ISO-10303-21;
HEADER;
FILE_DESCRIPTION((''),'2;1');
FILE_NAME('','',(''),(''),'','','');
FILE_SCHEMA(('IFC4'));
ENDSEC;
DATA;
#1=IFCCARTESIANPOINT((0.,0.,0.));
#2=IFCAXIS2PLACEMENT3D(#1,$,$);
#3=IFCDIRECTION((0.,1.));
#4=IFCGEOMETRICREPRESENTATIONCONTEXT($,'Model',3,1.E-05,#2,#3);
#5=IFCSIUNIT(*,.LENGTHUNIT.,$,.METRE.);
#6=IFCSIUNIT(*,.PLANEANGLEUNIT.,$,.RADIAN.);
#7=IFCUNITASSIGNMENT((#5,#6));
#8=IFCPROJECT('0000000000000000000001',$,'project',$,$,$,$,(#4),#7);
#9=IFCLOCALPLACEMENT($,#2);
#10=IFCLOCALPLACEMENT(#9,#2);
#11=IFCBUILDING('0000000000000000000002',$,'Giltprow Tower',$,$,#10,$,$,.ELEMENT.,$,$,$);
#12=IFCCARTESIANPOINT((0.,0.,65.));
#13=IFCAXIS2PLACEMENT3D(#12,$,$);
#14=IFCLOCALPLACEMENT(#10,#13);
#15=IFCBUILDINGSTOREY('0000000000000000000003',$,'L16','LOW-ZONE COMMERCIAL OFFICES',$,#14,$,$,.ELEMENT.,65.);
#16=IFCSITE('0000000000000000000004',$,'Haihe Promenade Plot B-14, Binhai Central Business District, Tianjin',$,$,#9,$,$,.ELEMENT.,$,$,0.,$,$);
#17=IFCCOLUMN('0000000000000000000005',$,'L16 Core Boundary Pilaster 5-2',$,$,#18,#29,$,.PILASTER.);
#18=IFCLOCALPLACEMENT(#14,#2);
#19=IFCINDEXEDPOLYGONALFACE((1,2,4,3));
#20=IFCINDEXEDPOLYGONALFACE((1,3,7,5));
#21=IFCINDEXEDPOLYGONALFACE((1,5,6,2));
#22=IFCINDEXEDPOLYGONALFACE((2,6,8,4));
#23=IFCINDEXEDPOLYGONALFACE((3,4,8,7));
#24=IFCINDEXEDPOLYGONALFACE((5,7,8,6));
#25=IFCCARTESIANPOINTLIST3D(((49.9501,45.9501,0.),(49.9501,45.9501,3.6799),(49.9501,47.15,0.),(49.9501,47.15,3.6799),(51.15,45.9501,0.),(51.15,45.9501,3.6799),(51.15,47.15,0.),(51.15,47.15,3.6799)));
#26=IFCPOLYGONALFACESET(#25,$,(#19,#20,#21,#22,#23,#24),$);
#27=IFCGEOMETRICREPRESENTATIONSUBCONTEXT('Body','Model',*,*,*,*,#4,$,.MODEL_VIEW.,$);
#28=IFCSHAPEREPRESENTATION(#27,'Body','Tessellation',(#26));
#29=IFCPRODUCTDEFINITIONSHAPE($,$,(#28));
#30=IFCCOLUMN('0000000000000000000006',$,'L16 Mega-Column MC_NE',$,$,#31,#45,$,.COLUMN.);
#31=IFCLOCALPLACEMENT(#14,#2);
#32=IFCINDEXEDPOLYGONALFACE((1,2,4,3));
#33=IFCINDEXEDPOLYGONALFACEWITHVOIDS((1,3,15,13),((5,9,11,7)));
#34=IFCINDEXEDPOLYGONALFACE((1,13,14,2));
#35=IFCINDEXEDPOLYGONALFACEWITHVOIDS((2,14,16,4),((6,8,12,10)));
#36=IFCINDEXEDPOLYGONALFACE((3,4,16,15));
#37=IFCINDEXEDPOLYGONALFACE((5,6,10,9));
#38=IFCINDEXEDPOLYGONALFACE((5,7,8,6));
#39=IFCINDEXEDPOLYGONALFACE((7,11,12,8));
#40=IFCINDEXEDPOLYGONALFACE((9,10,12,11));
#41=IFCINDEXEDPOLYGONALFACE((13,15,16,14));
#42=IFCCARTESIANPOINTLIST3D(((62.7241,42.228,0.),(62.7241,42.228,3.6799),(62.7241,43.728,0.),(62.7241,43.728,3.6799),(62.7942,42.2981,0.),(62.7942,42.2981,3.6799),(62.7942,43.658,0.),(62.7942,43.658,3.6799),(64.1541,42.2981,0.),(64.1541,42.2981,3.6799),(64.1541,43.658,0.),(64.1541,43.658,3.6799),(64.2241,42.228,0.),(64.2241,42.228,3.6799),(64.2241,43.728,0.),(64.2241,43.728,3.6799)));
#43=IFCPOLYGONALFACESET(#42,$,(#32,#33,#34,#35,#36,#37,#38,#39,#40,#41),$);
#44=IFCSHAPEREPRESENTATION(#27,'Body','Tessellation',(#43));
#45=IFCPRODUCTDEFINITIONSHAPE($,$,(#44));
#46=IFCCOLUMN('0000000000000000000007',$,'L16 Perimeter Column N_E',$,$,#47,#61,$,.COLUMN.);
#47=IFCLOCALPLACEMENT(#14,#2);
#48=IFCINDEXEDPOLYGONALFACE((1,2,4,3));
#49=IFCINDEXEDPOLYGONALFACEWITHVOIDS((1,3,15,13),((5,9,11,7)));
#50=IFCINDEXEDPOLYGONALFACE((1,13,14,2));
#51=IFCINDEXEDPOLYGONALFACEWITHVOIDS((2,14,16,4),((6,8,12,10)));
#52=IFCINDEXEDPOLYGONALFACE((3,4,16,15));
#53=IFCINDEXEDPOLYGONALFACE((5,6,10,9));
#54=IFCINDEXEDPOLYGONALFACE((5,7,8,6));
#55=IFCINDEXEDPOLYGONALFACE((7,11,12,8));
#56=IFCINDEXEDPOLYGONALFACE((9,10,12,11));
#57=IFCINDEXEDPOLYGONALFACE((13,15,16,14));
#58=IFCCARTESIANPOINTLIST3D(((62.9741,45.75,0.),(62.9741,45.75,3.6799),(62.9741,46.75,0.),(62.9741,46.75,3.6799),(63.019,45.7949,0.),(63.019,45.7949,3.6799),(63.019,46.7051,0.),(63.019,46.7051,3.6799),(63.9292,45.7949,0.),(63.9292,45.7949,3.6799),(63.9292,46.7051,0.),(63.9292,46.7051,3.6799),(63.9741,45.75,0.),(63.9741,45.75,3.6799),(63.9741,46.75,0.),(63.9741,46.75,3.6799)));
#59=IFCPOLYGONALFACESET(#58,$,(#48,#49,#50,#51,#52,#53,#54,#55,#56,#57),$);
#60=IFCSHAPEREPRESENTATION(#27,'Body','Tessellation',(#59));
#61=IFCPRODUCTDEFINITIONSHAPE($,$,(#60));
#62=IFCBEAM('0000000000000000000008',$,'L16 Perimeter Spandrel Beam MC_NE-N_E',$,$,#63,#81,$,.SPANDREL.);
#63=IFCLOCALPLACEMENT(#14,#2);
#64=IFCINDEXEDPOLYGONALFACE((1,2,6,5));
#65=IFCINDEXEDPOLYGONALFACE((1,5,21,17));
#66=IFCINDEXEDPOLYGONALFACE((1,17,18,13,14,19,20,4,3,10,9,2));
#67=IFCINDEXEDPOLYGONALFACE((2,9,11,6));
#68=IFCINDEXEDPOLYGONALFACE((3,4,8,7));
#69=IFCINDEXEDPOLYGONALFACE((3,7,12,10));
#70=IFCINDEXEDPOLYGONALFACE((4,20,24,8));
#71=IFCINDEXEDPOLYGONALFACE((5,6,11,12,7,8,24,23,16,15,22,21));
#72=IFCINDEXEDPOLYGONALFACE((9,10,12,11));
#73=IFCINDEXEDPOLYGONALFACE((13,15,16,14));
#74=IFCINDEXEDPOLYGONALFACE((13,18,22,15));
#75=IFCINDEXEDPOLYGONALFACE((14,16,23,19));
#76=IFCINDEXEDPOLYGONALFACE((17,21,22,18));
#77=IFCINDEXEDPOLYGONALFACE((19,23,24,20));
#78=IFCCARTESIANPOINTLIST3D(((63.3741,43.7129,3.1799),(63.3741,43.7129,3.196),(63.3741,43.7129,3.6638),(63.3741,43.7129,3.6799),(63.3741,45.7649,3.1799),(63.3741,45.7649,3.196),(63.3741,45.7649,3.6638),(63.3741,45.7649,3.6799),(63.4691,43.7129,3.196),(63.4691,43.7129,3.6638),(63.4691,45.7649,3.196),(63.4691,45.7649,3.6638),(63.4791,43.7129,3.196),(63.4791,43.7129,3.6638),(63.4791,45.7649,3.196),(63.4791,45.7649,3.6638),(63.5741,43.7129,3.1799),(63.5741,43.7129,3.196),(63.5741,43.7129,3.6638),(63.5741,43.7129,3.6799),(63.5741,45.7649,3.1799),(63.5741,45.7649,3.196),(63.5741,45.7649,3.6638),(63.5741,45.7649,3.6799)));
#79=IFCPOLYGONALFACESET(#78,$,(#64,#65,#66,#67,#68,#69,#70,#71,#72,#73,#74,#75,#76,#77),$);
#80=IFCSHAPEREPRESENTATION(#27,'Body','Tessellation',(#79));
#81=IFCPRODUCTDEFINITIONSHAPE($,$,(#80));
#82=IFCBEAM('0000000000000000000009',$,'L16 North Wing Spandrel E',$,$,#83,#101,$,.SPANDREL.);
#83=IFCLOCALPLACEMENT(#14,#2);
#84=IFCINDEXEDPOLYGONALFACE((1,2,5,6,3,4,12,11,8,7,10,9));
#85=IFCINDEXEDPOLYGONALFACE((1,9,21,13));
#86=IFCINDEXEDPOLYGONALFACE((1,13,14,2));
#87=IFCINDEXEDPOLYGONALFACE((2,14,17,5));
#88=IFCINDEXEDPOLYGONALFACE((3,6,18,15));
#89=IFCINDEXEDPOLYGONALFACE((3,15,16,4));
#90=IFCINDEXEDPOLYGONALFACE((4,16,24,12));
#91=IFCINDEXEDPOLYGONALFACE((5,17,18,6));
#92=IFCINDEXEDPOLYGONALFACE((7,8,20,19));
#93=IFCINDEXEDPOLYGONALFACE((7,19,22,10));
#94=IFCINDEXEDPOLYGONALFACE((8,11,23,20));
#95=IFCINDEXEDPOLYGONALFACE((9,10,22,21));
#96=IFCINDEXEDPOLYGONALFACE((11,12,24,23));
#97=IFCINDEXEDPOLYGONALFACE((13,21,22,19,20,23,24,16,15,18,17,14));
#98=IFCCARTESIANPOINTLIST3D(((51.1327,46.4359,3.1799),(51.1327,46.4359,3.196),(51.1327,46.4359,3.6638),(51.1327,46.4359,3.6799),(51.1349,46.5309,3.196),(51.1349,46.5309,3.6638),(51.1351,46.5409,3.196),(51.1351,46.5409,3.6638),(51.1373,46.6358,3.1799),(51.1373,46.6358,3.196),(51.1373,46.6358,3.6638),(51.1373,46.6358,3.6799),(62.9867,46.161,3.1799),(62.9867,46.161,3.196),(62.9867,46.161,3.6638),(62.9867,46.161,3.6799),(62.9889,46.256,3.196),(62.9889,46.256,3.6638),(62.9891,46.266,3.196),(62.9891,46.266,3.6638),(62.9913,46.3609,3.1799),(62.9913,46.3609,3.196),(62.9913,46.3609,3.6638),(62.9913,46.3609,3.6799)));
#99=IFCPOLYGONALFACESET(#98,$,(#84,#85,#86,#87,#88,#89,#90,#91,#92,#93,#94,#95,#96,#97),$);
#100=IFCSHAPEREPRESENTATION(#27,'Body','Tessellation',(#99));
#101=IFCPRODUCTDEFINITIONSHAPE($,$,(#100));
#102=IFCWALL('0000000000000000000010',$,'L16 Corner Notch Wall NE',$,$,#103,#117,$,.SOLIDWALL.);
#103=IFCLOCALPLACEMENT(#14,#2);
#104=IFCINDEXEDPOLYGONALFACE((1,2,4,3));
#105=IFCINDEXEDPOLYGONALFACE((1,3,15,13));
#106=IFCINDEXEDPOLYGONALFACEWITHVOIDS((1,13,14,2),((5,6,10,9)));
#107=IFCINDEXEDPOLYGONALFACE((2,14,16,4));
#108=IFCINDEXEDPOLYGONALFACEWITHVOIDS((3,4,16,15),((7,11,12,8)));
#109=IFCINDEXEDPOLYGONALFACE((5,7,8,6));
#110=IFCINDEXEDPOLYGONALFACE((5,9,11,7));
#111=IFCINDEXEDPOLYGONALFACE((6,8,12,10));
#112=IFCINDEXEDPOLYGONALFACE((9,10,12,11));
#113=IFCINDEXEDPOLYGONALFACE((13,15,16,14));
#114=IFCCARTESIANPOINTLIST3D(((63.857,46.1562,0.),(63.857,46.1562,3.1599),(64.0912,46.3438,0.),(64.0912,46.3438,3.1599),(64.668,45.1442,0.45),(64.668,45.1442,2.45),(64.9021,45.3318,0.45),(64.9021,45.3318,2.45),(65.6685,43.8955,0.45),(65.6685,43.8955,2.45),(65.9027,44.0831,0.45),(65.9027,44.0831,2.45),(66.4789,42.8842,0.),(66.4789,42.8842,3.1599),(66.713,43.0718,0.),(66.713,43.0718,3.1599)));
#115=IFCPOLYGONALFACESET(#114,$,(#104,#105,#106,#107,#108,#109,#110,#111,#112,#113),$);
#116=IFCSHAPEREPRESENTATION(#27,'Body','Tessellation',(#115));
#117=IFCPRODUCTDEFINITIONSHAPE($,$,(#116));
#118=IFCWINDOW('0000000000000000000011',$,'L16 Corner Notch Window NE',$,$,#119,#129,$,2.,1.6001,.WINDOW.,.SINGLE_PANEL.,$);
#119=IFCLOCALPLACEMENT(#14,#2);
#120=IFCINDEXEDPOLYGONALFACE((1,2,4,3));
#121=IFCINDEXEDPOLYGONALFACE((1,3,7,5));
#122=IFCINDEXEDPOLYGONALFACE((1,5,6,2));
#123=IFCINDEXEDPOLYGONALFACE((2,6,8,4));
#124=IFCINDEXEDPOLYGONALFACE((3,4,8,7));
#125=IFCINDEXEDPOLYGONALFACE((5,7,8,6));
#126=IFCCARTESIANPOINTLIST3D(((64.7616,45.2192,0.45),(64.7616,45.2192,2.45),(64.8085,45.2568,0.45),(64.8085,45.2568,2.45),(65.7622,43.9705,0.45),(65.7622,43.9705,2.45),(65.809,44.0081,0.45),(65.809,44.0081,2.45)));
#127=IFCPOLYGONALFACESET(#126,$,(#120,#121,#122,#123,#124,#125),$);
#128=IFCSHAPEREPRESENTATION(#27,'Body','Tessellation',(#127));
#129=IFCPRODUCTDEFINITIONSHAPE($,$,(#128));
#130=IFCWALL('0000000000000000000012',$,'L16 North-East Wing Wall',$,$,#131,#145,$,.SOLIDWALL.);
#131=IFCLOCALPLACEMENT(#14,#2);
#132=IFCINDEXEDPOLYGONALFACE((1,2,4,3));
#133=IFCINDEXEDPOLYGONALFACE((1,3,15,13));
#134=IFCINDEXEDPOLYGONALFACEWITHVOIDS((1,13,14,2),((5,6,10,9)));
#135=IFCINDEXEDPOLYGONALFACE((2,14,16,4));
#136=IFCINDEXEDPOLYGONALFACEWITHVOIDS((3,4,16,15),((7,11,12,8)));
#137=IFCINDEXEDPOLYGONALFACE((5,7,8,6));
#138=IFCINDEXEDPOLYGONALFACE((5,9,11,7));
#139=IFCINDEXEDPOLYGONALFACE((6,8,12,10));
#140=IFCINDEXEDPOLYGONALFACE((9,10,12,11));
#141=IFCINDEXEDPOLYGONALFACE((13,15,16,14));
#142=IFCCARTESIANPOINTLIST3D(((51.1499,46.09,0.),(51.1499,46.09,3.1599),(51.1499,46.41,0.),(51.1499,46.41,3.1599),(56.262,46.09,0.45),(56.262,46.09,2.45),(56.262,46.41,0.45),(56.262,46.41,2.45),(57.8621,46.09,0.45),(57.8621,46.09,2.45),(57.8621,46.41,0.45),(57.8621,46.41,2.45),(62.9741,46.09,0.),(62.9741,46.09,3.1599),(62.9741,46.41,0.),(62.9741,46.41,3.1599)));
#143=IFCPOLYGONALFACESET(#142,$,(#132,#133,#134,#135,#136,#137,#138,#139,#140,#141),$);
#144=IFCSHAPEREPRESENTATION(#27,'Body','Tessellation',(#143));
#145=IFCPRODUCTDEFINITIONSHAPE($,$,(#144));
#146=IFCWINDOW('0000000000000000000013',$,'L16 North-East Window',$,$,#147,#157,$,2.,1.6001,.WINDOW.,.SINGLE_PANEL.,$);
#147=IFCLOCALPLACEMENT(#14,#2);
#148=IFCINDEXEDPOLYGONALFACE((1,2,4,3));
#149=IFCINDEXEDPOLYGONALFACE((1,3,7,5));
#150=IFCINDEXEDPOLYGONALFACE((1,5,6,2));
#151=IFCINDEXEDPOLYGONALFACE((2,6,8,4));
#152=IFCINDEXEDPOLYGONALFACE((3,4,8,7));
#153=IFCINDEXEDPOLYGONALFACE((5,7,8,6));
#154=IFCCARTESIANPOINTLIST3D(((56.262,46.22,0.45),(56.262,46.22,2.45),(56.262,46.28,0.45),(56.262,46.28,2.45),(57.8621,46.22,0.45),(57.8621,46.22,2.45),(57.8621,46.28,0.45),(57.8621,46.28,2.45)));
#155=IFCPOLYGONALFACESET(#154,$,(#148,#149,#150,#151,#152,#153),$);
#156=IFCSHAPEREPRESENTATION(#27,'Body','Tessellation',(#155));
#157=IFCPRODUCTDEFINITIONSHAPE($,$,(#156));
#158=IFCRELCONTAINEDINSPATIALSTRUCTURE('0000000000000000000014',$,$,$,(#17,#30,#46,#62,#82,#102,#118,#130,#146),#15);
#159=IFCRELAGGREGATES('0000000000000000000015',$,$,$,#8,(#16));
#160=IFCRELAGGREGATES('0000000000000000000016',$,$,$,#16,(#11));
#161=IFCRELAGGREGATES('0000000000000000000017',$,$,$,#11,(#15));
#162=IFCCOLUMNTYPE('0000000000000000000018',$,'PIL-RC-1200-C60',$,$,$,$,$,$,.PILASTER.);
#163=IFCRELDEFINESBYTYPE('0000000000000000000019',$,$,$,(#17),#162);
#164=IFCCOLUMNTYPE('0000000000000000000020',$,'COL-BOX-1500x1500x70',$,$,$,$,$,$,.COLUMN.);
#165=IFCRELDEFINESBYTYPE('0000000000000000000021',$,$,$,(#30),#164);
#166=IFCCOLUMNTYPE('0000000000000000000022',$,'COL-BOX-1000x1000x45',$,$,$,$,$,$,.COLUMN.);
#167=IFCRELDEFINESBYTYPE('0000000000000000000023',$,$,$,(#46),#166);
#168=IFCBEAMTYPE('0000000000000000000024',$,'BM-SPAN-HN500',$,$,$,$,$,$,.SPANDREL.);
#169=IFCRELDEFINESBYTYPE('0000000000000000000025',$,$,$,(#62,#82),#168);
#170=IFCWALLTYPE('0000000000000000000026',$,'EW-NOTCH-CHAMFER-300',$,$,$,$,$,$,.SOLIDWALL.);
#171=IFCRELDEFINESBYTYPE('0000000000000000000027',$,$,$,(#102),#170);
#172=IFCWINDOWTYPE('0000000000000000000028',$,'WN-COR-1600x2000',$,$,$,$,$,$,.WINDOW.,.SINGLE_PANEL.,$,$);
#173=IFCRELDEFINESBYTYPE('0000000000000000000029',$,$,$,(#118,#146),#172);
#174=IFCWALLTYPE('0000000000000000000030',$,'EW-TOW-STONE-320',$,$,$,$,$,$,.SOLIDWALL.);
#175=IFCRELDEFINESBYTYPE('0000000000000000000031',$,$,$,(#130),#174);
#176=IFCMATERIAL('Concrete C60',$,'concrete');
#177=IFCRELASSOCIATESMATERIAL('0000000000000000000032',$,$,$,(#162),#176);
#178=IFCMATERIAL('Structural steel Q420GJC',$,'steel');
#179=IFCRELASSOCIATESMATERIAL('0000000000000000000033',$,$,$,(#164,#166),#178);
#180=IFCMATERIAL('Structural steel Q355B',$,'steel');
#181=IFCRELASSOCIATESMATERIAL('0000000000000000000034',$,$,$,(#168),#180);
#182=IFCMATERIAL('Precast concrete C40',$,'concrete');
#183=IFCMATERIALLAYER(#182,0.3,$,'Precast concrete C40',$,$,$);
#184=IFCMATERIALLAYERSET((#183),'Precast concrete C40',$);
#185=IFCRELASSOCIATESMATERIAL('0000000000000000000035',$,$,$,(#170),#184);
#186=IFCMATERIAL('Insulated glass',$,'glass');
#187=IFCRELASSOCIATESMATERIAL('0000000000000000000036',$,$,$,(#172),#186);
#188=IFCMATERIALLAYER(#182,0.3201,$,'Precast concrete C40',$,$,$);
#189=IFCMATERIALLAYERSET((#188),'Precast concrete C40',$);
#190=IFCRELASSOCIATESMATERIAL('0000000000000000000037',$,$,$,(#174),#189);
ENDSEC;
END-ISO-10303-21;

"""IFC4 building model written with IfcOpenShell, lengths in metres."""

from ifc_helpers import new_model, si_unit, direction, frame, frame_2d, origin, origin_2d, place, context, subcontext, project, spatial, rectangle, hollow_rectangle, i_section, extrude, source, transform, mapped, material, layer, layer_set, material_profile, profile_set, type_object, element, fill, save


model = new_model("IFC4")

# Units and contexts
model_context = context("Model", 3, precision=1e-05, world=origin(), true_north=direction((0.0, 1.0)))
body_context = subcontext(model_context, "Body", "Model", "MODEL_VIEW")
ifc_project = project(units=[si_unit("LENGTHUNIT", "METRE"), si_unit("PLANEANGLEUNIT", "RADIAN")], contexts=[model_context])

# Site, building, storey
site_placement = place(None, origin())
site = spatial("IfcSite", under=ifc_project, at=site_placement, Name="Haihe Promenade Plot B-14, Binhai Central Business District, Tianjin", CompositionType="ELEMENT", RefElevation=0.0)
building_placement = place(site_placement, origin())
building = spatial("IfcBuilding", under=site, at=building_placement, Name="Giltprow Tower", CompositionType="ELEMENT")
storey_placement = place(building_placement, frame((0.0, 0.0, 65.0)))
storey = spatial("IfcBuildingStorey", under=building, at=storey_placement, Name="L16", Description="LOW-ZONE COMMERCIAL OFFICES", CompositionType="ELEMENT", Elevation=65.0)

# Columns
ifc_material_1 = material(Name="Concrete C60", Category="concrete")
ifc_material_profile_1 = material_profile(ifc_material_1, rectangle(XDim=1.2, YDim=1.2, at=origin_2d()), Name="RC 1200x1200")
ifc_profile_set_1 = profile_set([ifc_material_profile_1], Name="Concrete C60")
column_type_1 = type_object("IfcColumnType", Name="PIL-RC-1200-C60", PredefinedType="PILASTER", material=ifc_profile_set_1)
shared_shape_1 = source(origin(), body_context, "Body", "SweptSolid", [
    extrude(rectangle(XDim=1.2, YDim=1.2, at=origin_2d()), origin(), (0.0, 0.0, 1.0), 3.6799),
])
column_1_placement = place(storey_placement, frame((50.55, 46.55, 0.0), z_axis=(0.0, 0.0, 1.0), x_axis=(1.0, 0.0, 0.0)))
element("IfcColumn", 1, at=column_1_placement, inside=storey, type_object=column_type_1, Name="L16 Core Boundary Pilaster 5-2", PredefinedType="PILASTER", context=body_context, shape_type="MappedRepresentation", body=[
    mapped(shared_shape_1, transform((0.0, 0.0, 0.0), x_axis=(1.0, 0.0, 0.0), y_axis=(0.0, 1.0, 0.0), z_axis=(0.0, 0.0, 1.0), scale=1.0)),
])
ifc_material_2 = material(Name="Structural steel Q420GJC", Category="steel")
ifc_material_profile_2 = material_profile(ifc_material_2, hollow_rectangle(XDim=1.5, YDim=1.5, WallThickness=0.0701, at=origin_2d()), Name="BOX 1500x1500x70")
ifc_profile_set_2 = profile_set([ifc_material_profile_2], Name="Structural steel Q420GJC")
column_type_2 = type_object("IfcColumnType", Name="COL-BOX-1500x1500x70", PredefinedType="COLUMN", material=ifc_profile_set_2)
shared_shape_2 = source(origin(), body_context, "Body", "SweptSolid", [
    extrude(hollow_rectangle(XDim=1.5, YDim=1.5, WallThickness=0.0701, at=origin_2d()), origin(), (0.0, 0.0, 1.0), 3.6799),
])
column_2_placement = place(storey_placement, frame((63.4741, 42.978, 0.0), z_axis=(0.0, 0.0, 1.0), x_axis=(1.0, 0.0, 0.0)))
element("IfcColumn", 2, at=column_2_placement, inside=storey, type_object=column_type_2, Name="L16 Mega-Column MC_NE", PredefinedType="COLUMN", context=body_context, shape_type="MappedRepresentation", body=[
    mapped(shared_shape_2, transform((0.0, 0.0, 0.0), x_axis=(1.0, 0.0, 0.0), y_axis=(0.0, 1.0, 0.0), z_axis=(0.0, 0.0, 1.0), scale=1.0)),
])
ifc_material_profile_3 = material_profile(ifc_material_2, hollow_rectangle(XDim=1.0, YDim=1.0, WallThickness=0.0449, at=origin_2d()), Name="BOX 1000x1000x45")
ifc_profile_set_3 = profile_set([ifc_material_profile_3], Name="Structural steel Q420GJC")
column_type_3 = type_object("IfcColumnType", Name="COL-BOX-1000x1000x45", PredefinedType="COLUMN", material=ifc_profile_set_3)
shared_shape_3 = source(origin(), body_context, "Body", "SweptSolid", [
    extrude(hollow_rectangle(XDim=1.0, YDim=1.0, WallThickness=0.0449, at=origin_2d()), origin(), (0.0, 0.0, 1.0), 3.6799),
])
column_3_placement = place(storey_placement, frame((63.4741, 46.25, 0.0), z_axis=(0.0, 0.0, 1.0), x_axis=(1.0, 0.0, 0.0)))
element("IfcColumn", 3, at=column_3_placement, inside=storey, type_object=column_type_3, Name="L16 Perimeter Column N_E", PredefinedType="COLUMN", context=body_context, shape_type="MappedRepresentation", body=[
    mapped(shared_shape_3, transform((0.0, 0.0, 0.0), x_axis=(1.0, 0.0, 0.0), y_axis=(0.0, 1.0, 0.0), z_axis=(0.0, 0.0, 1.0), scale=1.0)),
])

# Beams
ifc_material_3 = material(Name="Structural steel Q355B", Category="steel")
ifc_material_profile_4 = material_profile(ifc_material_3, i_section(OverallWidth=0.2, OverallDepth=0.5, WebThickness=0.01, FlangeThickness=0.0161, at=origin_2d()), Name="HN 500x200x10x16")
ifc_profile_set_4 = profile_set([ifc_material_profile_4], Name="Structural steel Q355B")
beam_type = type_object("IfcBeamType", Name="BM-SPAN-HN500", PredefinedType="SPANDREL", material=ifc_profile_set_4)
shared_shape_4 = source(origin(), body_context, "Body", "SweptSolid", [
    extrude(i_section(OverallWidth=0.2, OverallDepth=0.5, WebThickness=0.01, FlangeThickness=0.0161, at=origin_2d()), origin(), (0.0, 0.0, 1.0), 2.052),
])
beam_1_placement = place(storey_placement, frame((63.4741, 43.7129, 3.4299), z_axis=(0.0, 1.0, 0.0), x_axis=(-1.0, 0.0, 0.0)))
element("IfcBeam", 4, at=beam_1_placement, inside=storey, type_object=beam_type, Name="L16 Perimeter Spandrel Beam MC_NE-N_E", PredefinedType="SPANDREL", context=body_context, shape_type="MappedRepresentation", body=[
    mapped(shared_shape_4, transform((0.0, 0.0, 0.0), x_axis=(1.0, 0.0, 0.0), y_axis=(0.0, 1.0, 0.0), z_axis=(0.0, 0.0, 1.0), scale=1.0)),
])
shared_shape_5 = source(origin(), body_context, "Body", "SweptSolid", [
    extrude(i_section(OverallWidth=0.2, OverallDepth=0.5, WebThickness=0.01, FlangeThickness=0.0161, at=origin_2d()), origin(), (0.0, 0.0, 1.0), 11.8572),
])
beam_2_placement = place(storey_placement, frame((51.135, 46.5359, 3.4299), z_axis=(0.999731, -0.023184, 0.0), x_axis=(0.023184, 0.999731, 0.0)))
element("IfcBeam", 5, at=beam_2_placement, inside=storey, type_object=beam_type, Name="L16 North Wing Spandrel E", PredefinedType="SPANDREL", context=body_context, shape_type="MappedRepresentation", body=[
    mapped(shared_shape_5, transform((0.0, 0.0, 0.0), x_axis=(1.0, 0.0, 0.0), y_axis=(0.0, 1.0, 0.0), z_axis=(0.0, 0.0, 1.0), scale=1.0)),
])

# Walls, openings, windows
ifc_material_4 = material(Name="Precast concrete C40", Category="concrete")
ifc_layer_1 = layer(ifc_material_4, 0.3, Name="Precast concrete C40")
ifc_layer_set_1 = layer_set([ifc_layer_1], Name="Precast concrete C40")
wall_type_1 = type_object("IfcWallType", Name="EW-NOTCH-CHAMFER-300", PredefinedType="SOLIDWALL", material=ifc_layer_set_1)
wall_1_placement = place(storey_placement, frame((66.5959, 42.978, 0.0), z_axis=(0.0, 0.0, 1.0), x_axis=(-0.625313, 0.780374, 0.0)))
wall_1 = element("IfcWall", 6, at=wall_1_placement, inside=storey, type_object=wall_type_1, Name="L16 Corner Notch Wall NE", PredefinedType="SOLIDWALL", context=body_context, shape_type="SweptSolid", body=[
    extrude(rectangle(XDim=4.1929, YDim=0.3, at=frame_2d((2.0964, 0.0))), origin(), (0.0, 0.0, 1.0), 3.1599),
])
opening_1_placement = place(wall_1_placement, frame((1.2959, 0.0, 0.45)))
opening_1 = element("IfcOpeningElement", 7, at=opening_1_placement, cuts=wall_1, PredefinedType="OPENING", context=body_context, shape_type="SweptSolid", body=[
    extrude(rectangle(XDim=1.6001, YDim=2.0, at=frame_2d((0.8, 1.0))), frame((0.0, 0.1599, 0.0), z_axis=(0.0, -1.0, 0.0), x_axis=(1.0, 0.0, 0.0)), (0.0, 0.0, 1.0), 0.3201),
])
ifc_material_5 = material(Name="Insulated glass", Category="glass")
window_type = type_object("IfcWindowType", Name="WN-COR-1600x2000", PartitioningType="SINGLE_PANEL", PredefinedType="WINDOW", material=ifc_material_5)
shared_shape_6 = source(origin(), body_context, "Body", "SweptSolid", [
    extrude(rectangle(XDim=1.6001, YDim=2.0, at=frame_2d((0.8, 1.0))), frame((0.0, 0.03, 0.0), z_axis=(0.0, -1.0, 0.0), x_axis=(1.0, 0.0, 0.0)), (0.0, 0.0, 1.0), 0.0601),
])
window_1_placement = place(opening_1_placement, origin())
window_1 = element("IfcWindow", 8, at=window_1_placement, inside=storey, type_object=window_type, Name="L16 Corner Notch Window NE", OverallHeight=2.0, OverallWidth=1.6001, PartitioningType="SINGLE_PANEL", PredefinedType="WINDOW", context=body_context, shape_type="MappedRepresentation", body=[
    mapped(shared_shape_6, transform((0.0, 0.0, 0.0), x_axis=(1.0, 0.0, 0.0), y_axis=(0.0, 1.0, 0.0), z_axis=(0.0, 0.0, 1.0), scale=1.0)),
])
fill(opening_1, window_1)
ifc_layer_2 = layer(ifc_material_4, 0.3201, Name="Precast concrete C40")
ifc_layer_set_2 = layer_set([ifc_layer_2], Name="Precast concrete C40")
wall_type_2 = type_object("IfcWallType", Name="EW-TOW-STONE-320", PredefinedType="SOLIDWALL", material=ifc_layer_set_2)
wall_2_placement = place(storey_placement, frame((51.1499, 46.25, 0.0), z_axis=(0.0, 0.0, 1.0), x_axis=(1.0, 0.0, 0.0)))
wall_2 = element("IfcWall", 9, at=wall_2_placement, inside=storey, type_object=wall_type_2, Name="L16 North-East Wing Wall", PredefinedType="SOLIDWALL", context=body_context, shape_type="SweptSolid", body=[
    extrude(rectangle(XDim=11.8242, YDim=0.3201, at=frame_2d((5.9121, 0.0))), origin(), (0.0, 0.0, 1.0), 3.1599),
])
opening_2_placement = place(wall_2_placement, frame((5.1121, 0.0, 0.45)))
opening_2 = element("IfcOpeningElement", 10, at=opening_2_placement, cuts=wall_2, PredefinedType="OPENING", context=body_context, shape_type="SweptSolid", body=[
    extrude(rectangle(XDim=1.6001, YDim=2.0, at=frame_2d((0.8, 1.0))), frame((0.0, 0.1699, 0.0), z_axis=(0.0, -1.0, 0.0), x_axis=(1.0, 0.0, 0.0)), (0.0, 0.0, 1.0), 0.3401),
])
window_2_placement = place(opening_2_placement, origin())
window_2 = element("IfcWindow", 11, at=window_2_placement, inside=storey, type_object=window_type, Name="L16 North-East Window", OverallHeight=2.0, OverallWidth=1.6001, PartitioningType="SINGLE_PANEL", PredefinedType="WINDOW", context=body_context, shape_type="MappedRepresentation", body=[
    mapped(shared_shape_6, transform((0.0, 0.0, 0.0), x_axis=(1.0, 0.0, 0.0), y_axis=(0.0, 1.0, 0.0), z_axis=(0.0, 0.0, 1.0), scale=1.0)),
])
fill(opening_2, window_2)

save(model, "model.ifc")
